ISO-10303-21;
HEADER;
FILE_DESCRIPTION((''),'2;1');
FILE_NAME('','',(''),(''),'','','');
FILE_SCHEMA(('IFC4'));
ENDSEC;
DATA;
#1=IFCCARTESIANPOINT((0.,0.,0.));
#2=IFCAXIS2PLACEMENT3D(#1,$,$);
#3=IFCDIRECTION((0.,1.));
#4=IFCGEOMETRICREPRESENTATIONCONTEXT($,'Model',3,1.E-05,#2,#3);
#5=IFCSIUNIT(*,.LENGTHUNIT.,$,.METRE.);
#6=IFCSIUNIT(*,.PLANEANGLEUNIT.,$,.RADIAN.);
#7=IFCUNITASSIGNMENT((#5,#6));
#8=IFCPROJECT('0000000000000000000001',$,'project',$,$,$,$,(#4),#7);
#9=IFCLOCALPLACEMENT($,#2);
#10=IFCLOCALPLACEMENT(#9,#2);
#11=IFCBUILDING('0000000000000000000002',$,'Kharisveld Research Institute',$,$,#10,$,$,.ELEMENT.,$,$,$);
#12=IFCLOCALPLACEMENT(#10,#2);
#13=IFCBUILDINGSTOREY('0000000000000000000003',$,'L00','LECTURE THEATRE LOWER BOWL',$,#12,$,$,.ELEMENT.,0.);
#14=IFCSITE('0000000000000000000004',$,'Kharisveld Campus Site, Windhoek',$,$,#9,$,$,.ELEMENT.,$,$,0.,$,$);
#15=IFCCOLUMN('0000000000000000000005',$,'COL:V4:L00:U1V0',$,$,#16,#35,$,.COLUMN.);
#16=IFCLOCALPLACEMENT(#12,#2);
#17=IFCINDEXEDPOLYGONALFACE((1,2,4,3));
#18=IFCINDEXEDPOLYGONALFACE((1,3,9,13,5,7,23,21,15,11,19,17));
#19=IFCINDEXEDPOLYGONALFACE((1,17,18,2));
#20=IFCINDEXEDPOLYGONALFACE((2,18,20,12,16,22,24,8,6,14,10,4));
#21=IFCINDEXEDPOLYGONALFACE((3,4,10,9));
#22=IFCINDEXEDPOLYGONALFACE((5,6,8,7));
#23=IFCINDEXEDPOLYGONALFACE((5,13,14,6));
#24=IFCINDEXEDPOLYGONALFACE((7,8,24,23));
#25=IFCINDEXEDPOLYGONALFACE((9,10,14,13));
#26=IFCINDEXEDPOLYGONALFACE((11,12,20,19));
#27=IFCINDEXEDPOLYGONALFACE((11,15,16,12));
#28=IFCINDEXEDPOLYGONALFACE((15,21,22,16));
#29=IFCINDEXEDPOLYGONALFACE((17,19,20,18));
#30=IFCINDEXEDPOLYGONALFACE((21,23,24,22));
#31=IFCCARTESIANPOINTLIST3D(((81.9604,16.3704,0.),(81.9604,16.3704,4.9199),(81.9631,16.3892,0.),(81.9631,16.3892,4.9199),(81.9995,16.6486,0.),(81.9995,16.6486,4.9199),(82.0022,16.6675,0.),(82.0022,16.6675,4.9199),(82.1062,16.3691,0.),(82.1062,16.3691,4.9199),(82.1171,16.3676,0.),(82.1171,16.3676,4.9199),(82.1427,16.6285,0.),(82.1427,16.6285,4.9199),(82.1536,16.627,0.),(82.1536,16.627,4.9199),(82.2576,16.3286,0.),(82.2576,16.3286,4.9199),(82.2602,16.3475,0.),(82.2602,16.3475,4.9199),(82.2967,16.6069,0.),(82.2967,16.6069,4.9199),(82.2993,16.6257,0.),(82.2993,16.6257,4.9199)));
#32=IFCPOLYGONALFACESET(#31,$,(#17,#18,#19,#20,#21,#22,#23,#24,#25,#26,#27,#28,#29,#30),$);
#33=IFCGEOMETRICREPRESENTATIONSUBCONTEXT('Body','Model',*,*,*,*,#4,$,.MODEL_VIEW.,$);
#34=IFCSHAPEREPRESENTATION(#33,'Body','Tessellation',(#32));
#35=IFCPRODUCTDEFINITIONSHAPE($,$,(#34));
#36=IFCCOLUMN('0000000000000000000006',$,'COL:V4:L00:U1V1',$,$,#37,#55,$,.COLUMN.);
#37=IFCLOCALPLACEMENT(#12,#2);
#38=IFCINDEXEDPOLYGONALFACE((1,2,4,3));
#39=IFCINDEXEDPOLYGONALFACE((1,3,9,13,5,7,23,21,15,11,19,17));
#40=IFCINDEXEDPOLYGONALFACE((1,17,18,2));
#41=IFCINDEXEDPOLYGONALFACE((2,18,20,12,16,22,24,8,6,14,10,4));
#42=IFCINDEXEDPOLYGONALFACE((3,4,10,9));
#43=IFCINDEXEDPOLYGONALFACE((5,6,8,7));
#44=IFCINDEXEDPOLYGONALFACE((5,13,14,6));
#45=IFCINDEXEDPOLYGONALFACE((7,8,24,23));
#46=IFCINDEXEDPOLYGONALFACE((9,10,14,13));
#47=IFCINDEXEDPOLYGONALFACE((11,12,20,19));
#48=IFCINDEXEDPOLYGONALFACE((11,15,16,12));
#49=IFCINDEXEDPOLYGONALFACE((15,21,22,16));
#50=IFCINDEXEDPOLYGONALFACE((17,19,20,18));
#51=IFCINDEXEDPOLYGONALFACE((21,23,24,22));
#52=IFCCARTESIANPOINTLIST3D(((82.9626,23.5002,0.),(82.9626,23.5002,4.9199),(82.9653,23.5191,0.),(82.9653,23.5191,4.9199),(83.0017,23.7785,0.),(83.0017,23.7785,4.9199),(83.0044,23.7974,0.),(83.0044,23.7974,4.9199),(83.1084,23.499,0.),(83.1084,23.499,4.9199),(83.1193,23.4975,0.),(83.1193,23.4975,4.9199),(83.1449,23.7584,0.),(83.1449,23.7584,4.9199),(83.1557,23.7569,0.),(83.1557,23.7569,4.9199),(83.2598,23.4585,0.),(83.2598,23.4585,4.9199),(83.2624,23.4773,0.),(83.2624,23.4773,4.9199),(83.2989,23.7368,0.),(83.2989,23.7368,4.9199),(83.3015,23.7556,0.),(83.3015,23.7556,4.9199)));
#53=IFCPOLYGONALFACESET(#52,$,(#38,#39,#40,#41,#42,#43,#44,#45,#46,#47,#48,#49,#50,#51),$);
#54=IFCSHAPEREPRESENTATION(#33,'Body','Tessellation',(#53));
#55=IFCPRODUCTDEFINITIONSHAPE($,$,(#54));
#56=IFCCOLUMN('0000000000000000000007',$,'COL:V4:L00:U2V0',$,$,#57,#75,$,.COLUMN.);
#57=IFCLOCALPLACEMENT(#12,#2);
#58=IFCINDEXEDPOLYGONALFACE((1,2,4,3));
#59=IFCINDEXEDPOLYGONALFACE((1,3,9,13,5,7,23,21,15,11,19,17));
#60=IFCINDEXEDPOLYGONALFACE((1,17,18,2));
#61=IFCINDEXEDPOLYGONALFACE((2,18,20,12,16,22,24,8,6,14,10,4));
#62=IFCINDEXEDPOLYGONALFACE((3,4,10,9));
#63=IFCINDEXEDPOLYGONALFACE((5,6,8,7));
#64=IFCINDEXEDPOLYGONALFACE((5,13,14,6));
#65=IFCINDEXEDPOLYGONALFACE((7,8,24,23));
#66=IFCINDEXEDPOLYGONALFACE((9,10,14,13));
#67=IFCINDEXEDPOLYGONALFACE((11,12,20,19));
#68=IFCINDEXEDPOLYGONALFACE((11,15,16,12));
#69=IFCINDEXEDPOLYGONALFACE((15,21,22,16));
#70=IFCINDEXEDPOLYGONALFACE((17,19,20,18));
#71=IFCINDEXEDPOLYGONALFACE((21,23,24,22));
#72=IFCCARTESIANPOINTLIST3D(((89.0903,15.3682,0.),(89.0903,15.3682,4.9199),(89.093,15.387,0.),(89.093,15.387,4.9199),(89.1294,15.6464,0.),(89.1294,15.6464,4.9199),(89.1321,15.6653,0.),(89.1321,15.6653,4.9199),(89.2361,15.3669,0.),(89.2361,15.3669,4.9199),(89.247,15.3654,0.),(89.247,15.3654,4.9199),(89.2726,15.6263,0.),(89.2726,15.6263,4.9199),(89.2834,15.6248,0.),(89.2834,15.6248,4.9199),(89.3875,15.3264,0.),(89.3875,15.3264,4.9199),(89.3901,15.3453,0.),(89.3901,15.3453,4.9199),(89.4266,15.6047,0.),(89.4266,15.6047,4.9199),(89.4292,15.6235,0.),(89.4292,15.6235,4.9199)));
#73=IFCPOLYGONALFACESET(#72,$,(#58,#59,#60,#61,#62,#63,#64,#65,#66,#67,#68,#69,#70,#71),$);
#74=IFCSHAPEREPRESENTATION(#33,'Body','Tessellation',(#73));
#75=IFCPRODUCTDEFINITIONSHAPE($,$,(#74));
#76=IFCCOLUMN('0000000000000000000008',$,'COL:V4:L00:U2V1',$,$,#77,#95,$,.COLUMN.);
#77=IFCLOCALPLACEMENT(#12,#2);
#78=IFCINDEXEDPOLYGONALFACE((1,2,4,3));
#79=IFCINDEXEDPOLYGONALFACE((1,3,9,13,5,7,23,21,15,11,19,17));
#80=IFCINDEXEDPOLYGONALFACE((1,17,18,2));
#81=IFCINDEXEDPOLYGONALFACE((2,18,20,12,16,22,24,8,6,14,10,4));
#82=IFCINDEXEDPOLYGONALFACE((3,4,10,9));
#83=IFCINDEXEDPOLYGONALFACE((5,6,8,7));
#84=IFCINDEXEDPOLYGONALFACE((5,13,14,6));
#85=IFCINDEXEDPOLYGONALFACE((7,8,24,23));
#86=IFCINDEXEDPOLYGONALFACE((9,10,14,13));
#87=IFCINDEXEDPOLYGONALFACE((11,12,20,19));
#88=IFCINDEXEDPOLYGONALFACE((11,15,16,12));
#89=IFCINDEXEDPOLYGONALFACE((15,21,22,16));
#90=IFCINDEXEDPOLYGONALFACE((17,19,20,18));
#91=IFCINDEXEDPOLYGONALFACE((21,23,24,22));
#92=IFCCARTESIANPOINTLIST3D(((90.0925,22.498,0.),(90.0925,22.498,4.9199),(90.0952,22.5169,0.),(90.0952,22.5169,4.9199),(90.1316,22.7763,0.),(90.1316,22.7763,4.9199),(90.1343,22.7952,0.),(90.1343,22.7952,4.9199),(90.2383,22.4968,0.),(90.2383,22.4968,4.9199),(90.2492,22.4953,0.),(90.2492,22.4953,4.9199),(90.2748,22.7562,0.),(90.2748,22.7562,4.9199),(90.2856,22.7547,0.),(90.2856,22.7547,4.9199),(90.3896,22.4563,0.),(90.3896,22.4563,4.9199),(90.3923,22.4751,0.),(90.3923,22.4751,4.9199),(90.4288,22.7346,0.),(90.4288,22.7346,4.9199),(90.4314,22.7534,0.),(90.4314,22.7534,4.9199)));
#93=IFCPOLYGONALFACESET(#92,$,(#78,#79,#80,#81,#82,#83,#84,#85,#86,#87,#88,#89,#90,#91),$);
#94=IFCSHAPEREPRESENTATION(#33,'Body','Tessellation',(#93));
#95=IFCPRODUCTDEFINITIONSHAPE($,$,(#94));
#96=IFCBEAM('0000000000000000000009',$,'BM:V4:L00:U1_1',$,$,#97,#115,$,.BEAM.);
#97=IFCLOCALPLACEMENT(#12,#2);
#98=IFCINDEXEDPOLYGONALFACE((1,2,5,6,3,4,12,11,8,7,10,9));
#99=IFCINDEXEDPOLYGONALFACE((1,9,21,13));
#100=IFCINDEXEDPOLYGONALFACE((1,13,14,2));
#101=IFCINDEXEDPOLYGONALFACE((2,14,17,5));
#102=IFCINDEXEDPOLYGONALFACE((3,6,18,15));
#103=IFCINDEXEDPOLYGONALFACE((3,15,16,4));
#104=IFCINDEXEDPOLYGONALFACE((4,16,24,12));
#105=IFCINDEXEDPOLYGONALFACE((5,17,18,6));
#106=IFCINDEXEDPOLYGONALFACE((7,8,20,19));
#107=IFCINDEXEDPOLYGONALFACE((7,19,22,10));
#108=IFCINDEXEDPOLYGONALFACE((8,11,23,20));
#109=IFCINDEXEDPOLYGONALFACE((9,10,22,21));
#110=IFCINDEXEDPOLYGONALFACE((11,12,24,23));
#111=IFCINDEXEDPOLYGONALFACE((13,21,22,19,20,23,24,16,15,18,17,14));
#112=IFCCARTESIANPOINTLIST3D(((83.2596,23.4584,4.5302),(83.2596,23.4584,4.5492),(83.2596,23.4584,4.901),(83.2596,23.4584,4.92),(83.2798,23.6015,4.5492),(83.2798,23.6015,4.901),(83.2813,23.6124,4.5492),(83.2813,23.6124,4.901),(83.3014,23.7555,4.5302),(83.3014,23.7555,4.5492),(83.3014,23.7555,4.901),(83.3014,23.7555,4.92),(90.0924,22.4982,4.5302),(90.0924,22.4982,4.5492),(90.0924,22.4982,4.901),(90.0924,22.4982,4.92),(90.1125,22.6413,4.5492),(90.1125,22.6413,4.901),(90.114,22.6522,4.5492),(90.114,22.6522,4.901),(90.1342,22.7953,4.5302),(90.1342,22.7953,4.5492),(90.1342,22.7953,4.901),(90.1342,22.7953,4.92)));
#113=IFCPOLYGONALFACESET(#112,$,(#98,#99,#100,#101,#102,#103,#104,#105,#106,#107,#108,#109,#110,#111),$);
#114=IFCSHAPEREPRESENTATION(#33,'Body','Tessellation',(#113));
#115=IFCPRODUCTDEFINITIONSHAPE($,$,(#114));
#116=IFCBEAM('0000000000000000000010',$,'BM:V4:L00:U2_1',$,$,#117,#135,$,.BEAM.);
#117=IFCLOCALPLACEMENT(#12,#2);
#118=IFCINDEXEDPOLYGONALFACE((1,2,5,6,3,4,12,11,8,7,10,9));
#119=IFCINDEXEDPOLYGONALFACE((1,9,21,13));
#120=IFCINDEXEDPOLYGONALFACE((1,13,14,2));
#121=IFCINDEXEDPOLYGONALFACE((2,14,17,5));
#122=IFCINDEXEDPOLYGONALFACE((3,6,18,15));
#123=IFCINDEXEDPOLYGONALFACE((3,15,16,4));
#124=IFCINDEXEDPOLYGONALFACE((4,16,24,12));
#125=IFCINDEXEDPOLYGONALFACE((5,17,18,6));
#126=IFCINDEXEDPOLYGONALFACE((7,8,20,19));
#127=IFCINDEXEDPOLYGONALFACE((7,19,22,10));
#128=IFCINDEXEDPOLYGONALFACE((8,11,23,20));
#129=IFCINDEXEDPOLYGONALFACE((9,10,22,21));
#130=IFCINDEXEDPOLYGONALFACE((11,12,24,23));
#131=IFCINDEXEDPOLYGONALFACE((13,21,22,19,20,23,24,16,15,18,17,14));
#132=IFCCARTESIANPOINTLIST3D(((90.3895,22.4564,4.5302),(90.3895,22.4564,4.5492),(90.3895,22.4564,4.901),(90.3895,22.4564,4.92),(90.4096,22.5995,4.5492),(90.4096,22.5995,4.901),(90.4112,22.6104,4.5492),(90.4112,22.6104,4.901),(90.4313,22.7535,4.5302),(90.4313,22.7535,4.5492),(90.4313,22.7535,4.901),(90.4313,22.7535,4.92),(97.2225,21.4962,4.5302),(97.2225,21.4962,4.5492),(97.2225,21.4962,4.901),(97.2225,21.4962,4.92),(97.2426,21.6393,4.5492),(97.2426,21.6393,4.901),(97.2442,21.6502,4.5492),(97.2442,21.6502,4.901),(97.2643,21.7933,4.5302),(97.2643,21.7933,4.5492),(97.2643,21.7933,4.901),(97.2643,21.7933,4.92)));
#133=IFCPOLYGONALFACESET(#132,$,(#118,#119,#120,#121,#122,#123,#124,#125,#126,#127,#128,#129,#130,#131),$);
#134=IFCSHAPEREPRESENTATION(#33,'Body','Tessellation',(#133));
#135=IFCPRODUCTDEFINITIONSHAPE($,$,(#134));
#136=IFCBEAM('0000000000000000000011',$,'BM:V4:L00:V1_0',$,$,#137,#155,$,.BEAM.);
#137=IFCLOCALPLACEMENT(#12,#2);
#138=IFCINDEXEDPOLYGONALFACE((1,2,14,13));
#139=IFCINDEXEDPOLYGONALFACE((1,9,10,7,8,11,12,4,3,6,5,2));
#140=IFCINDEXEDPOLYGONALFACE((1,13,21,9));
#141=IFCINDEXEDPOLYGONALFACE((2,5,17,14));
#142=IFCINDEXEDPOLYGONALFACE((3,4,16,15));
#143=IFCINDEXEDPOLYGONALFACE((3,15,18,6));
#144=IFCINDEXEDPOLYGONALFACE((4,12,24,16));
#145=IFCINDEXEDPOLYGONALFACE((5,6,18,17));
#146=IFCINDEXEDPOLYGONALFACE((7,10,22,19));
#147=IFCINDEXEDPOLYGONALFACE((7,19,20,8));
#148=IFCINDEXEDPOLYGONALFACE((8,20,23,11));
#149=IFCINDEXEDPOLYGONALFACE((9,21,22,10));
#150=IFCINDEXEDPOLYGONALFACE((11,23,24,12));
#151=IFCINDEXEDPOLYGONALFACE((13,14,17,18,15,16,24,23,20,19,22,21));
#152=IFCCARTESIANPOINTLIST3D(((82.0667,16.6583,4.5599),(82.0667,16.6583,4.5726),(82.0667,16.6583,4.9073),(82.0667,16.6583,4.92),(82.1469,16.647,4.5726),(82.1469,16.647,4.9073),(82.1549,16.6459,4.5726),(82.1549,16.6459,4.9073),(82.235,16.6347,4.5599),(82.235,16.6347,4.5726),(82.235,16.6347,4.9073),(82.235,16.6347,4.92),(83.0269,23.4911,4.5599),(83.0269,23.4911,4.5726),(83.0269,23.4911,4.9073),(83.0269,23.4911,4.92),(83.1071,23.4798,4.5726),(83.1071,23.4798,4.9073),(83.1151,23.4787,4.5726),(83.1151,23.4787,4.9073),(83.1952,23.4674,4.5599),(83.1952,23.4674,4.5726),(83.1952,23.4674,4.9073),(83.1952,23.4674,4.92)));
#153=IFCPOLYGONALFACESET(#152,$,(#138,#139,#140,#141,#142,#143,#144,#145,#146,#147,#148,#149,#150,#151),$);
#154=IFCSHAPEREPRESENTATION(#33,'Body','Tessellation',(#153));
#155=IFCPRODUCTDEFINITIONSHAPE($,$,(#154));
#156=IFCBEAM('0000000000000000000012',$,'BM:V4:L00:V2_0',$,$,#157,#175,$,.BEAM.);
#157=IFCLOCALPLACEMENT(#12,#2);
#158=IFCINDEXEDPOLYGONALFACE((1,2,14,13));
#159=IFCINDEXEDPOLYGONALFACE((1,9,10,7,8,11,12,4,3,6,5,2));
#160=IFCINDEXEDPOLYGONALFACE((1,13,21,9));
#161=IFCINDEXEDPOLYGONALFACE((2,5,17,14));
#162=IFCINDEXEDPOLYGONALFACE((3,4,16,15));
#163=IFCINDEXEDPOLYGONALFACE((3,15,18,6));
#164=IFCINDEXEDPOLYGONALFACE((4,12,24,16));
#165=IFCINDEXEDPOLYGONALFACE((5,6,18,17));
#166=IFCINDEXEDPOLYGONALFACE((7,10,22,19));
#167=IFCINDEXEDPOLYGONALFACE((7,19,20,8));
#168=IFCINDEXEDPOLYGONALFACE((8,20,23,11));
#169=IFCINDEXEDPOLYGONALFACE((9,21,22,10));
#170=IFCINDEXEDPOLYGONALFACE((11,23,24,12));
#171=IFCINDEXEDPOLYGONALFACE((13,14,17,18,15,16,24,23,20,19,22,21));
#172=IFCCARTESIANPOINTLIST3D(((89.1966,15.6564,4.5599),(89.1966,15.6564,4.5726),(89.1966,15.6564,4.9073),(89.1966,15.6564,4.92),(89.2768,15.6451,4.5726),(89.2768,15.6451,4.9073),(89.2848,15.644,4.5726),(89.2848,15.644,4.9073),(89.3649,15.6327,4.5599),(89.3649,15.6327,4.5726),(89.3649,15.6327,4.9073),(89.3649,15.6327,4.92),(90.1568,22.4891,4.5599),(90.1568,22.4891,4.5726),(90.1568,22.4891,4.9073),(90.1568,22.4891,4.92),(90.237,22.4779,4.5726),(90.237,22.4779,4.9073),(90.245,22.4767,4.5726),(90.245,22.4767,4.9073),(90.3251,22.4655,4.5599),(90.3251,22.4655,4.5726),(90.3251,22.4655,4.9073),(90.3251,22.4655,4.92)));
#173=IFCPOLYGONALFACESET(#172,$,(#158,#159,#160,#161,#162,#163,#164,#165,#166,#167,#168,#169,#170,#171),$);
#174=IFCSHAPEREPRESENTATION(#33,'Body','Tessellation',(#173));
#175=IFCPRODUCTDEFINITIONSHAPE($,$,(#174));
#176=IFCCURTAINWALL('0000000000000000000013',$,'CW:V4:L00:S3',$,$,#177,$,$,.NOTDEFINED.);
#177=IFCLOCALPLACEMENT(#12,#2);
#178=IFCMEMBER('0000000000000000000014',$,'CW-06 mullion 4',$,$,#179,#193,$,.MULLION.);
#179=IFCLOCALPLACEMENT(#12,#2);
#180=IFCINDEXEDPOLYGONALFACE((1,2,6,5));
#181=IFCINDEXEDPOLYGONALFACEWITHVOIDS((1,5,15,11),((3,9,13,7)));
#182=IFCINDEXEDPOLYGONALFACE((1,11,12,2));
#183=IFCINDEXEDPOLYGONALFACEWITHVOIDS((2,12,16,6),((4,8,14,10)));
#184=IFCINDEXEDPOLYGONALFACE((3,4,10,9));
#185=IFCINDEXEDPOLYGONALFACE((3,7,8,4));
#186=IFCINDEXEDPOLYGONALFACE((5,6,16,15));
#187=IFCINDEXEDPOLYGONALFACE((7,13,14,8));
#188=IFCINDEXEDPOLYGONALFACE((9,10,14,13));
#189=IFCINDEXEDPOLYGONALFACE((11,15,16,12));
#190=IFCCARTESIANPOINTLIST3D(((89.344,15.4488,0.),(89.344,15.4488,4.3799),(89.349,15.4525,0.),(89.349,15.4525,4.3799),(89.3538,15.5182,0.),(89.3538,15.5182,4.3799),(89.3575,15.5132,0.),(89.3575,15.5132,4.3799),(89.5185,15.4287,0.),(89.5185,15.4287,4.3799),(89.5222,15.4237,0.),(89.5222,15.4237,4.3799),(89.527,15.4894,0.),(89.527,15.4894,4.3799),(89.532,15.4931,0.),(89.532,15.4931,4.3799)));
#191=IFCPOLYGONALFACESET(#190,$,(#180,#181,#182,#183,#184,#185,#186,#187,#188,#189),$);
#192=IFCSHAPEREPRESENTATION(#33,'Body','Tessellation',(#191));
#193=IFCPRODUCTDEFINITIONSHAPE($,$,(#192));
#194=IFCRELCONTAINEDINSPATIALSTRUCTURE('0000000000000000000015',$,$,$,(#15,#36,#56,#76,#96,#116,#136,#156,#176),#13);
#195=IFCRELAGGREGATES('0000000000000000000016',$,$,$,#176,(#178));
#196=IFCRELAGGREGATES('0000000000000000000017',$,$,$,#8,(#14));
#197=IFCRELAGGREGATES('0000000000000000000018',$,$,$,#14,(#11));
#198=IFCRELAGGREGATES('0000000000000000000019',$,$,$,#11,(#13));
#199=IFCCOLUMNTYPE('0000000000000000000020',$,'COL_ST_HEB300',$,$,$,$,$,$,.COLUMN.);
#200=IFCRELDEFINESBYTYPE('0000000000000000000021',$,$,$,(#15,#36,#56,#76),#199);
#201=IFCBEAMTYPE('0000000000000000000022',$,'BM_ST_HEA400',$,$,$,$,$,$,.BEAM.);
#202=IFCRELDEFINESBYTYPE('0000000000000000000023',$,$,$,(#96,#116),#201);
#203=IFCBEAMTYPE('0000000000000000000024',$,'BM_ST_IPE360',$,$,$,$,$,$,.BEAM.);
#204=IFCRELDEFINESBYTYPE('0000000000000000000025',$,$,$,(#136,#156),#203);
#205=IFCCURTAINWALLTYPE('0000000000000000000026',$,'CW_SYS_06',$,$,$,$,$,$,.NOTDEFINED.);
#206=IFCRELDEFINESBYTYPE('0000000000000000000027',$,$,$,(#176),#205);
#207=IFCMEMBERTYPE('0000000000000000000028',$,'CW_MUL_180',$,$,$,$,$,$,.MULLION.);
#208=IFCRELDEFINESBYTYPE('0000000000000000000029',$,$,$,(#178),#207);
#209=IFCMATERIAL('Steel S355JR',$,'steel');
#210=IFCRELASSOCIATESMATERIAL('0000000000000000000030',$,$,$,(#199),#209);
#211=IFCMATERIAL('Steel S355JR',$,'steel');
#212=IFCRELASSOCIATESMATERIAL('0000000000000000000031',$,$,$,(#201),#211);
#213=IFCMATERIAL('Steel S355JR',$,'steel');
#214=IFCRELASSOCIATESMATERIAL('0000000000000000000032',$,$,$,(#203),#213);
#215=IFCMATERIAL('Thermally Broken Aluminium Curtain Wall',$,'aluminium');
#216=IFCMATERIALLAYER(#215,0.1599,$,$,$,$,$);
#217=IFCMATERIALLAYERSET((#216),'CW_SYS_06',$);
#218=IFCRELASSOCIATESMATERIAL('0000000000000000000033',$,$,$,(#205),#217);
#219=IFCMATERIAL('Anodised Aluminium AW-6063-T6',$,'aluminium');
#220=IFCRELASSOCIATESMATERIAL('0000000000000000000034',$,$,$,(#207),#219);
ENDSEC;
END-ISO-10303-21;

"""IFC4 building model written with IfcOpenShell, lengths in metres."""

from ifc_helpers import new_model, si_unit, direction, frame, origin, origin_2d, place, context, subcontext, project, spatial, hollow_rectangle, i_section, extrude, material, layer, layer_set, material_profile, profile_set, type_object, element, aggregate, save


model = new_model("IFC4")

# Units and contexts
model_context = context("Model", 3, precision=1e-05, world=origin(), true_north=direction((0.0, 1.0)))
body_context = subcontext(model_context, "Body", "Model", "MODEL_VIEW")
ifc_project = project(units=[si_unit("LENGTHUNIT", "METRE"), si_unit("PLANEANGLEUNIT", "RADIAN")], contexts=[model_context])

# Site, building, storey
site_placement = place(None, origin())
site = spatial("IfcSite", under=ifc_project, at=site_placement, Name="Kharisveld Campus Site, Windhoek", CompositionType="ELEMENT", RefElevation=0.0)
building_placement = place(site_placement, origin())
building = spatial("IfcBuilding", under=site, at=building_placement, Name="Kharisveld Research Institute", CompositionType="ELEMENT")
storey_placement = place(building_placement, origin())
storey = spatial("IfcBuildingStorey", under=building, at=storey_placement, Name="L00", Description="LECTURE THEATRE LOWER BOWL", CompositionType="ELEMENT", Elevation=0.0)

# Columns
ifc_material_1 = material(Name="Steel S355JR", Category="steel")
ifc_material_profile_1 = material_profile(ifc_material_1, i_section(OverallWidth=0.3, OverallDepth=0.3, WebThickness=0.011, FlangeThickness=0.019, at=origin_2d()))
ifc_profile_set_1 = profile_set([ifc_material_profile_1], Name="Steel S355JR")
column_type = type_object("IfcColumnType", Name="COL_ST_HEB300", PredefinedType="COLUMN", material=ifc_profile_set_1)
for number, where, z_axis, x_axis, name in (
    (1, (82.1299, 16.498, 0.0), (0.0, 0.0, 1.0), (0.990268, -0.139173, 0.0), "COL:V4:L00:U1V0"),
    (2, (83.1321, 23.6279, 0.0), (0.0, 0.0, 1.0), (0.990268, -0.139173, 0.0), "COL:V4:L00:U1V1"),
    (3, (89.2598, 15.4958, 0.0), (0.0, 0.0, 1.0), (0.990268, -0.139173, 0.0), "COL:V4:L00:U2V0"),
    (4, (90.262, 22.6257, 0.0), (0.0, 0.0, 1.0), (0.990268, -0.139173, 0.0), "COL:V4:L00:U2V1"),
):
    element("IfcColumn", number, at=place(storey_placement, frame(where, z_axis=z_axis, x_axis=x_axis)), inside=storey, type_object=column_type, Name=name, PredefinedType="COLUMN", context=body_context, shape_type="SweptSolid", body=[
        extrude(i_section(OverallWidth=0.3, OverallDepth=0.3, WebThickness=0.011, FlangeThickness=0.019, at=origin_2d()), origin(), (0.0, 0.0, 1.0), 4.9199),
    ])

# Beams
ifc_material_2 = material(Name="Steel S355JR", Category="steel")
ifc_material_profile_2 = material_profile(ifc_material_2, i_section(OverallWidth=0.3, OverallDepth=0.3899, WebThickness=0.011, FlangeThickness=0.019, at=origin_2d()))
ifc_profile_set_2 = profile_set([ifc_material_profile_2], Name="Steel S355JR")
beam_type_1 = type_object("IfcBeamType", Name="BM_ST_HEA400", PredefinedType="BEAM", material=ifc_profile_set_2)
beam_1_placement = place(storey_placement, frame((83.2805, 23.6069, 4.7251), z_axis=(0.99027, -0.139162, 0.0), x_axis=(0.139162, 0.99027, 0.0)))
element("IfcBeam", 5, at=beam_1_placement, inside=storey, type_object=beam_type_1, Name="BM:V4:L00:U1_1", PredefinedType="BEAM", context=body_context, shape_type="SweptSolid", body=[
    extrude(i_section(OverallWidth=0.3, OverallDepth=0.3899, WebThickness=0.011, FlangeThickness=0.019, at=origin_2d()), origin(), (0.0, 0.0, 1.0), 6.8999),
])
beam_2_placement = place(storey_placement, frame((90.4104, 22.605, 4.7251), z_axis=(0.99027, -0.139157, 0.0), x_axis=(0.139157, 0.99027, 0.0)))
element("IfcBeam", 6, at=beam_2_placement, inside=storey, type_object=beam_type_1, Name="BM:V4:L00:U2_1", PredefinedType="BEAM", context=body_context, shape_type="SweptSolid", body=[
    extrude(i_section(OverallWidth=0.3, OverallDepth=0.3899, WebThickness=0.011, FlangeThickness=0.019, at=origin_2d()), origin(), (0.0, 0.0, 1.0), 6.9001),
])
ifc_material_3 = material(Name="Steel S355JR", Category="steel")
ifc_material_profile_3 = material_profile(ifc_material_3, i_section(OverallWidth=0.1699, OverallDepth=0.3601, WebThickness=0.0081, FlangeThickness=0.0127, at=origin_2d()))
ifc_profile_set_3 = profile_set([ifc_material_profile_3], Name="Steel S355JR")
beam_type_2 = type_object("IfcBeamType", Name="BM_ST_IPE360", PredefinedType="BEAM", material=ifc_profile_set_3)
for number, where, z_axis, x_axis, name in (
    (7, (82.1509, 16.6465, 4.74), (0.139162, 0.99027, 0.0), (-0.99027, 0.139162, 0.0), "BM:V4:L00:V1_0"),
    (8, (89.2808, 15.6445, 4.74), (0.139162, 0.99027, 0.0), (-0.99027, 0.139162, 0.0), "BM:V4:L00:V2_0"),
):
    element("IfcBeam", number, at=place(storey_placement, frame(where, z_axis=z_axis, x_axis=x_axis)), inside=storey, type_object=beam_type_2, Name=name, PredefinedType="BEAM", context=body_context, shape_type="SweptSolid", body=[
        extrude(i_section(OverallWidth=0.1699, OverallDepth=0.3601, WebThickness=0.0081, FlangeThickness=0.0127, at=origin_2d()), origin(), (0.0, 0.0, 1.0), 6.8999),
    ])

# Curtain wall, member
ifc_material_4 = material(Name="Thermally Broken Aluminium Curtain Wall", Category="aluminium")
ifc_layer_1 = layer(ifc_material_4, 0.1599)
ifc_layer_set_1 = layer_set([ifc_layer_1], Name="CW_SYS_06")
curtain_wall_type = type_object("IfcCurtainWallType", Name="CW_SYS_06", PredefinedType="NOTDEFINED", material=ifc_layer_set_1)
curtain_wall_placement = place(storey_placement, origin())
curtain_wall = element("IfcCurtainWall", 9, at=curtain_wall_placement, inside=storey, type_object=curtain_wall_type, Name="CW:V4:L00:S3", PredefinedType="NOTDEFINED")
ifc_material_5 = material(Name="Anodised Aluminium AW-6063-T6", Category="aluminium")
ifc_material_profile_4 = material_profile(ifc_material_5, hollow_rectangle(XDim=0.0701, YDim=0.1799, WallThickness=0.0044, at=origin_2d()))
ifc_profile_set_4 = profile_set([ifc_material_profile_4], Name="Anodised Aluminium AW-6063-T6")
member_type = type_object("IfcMemberType", Name="CW_MUL_180", PredefinedType="MULLION", material=ifc_profile_set_4)
member_placement = place(storey_placement, frame((89.438, 15.4709, 0.0), z_axis=(0.0, 0.0, 1.0), x_axis=(-0.139173, -0.990268, 0.0)))
member = element("IfcMember", 10, at=member_placement, type_object=member_type, Name="CW-06 mullion 4", PredefinedType="MULLION", context=body_context, shape_type="SweptSolid", body=[
    extrude(hollow_rectangle(XDim=0.0701, YDim=0.1799, WallThickness=0.0044, at=origin_2d()), origin(), (0.0, 0.0, 1.0), 4.3799),
])
aggregate(curtain_wall, [member])

save(model, "model.ifc")
